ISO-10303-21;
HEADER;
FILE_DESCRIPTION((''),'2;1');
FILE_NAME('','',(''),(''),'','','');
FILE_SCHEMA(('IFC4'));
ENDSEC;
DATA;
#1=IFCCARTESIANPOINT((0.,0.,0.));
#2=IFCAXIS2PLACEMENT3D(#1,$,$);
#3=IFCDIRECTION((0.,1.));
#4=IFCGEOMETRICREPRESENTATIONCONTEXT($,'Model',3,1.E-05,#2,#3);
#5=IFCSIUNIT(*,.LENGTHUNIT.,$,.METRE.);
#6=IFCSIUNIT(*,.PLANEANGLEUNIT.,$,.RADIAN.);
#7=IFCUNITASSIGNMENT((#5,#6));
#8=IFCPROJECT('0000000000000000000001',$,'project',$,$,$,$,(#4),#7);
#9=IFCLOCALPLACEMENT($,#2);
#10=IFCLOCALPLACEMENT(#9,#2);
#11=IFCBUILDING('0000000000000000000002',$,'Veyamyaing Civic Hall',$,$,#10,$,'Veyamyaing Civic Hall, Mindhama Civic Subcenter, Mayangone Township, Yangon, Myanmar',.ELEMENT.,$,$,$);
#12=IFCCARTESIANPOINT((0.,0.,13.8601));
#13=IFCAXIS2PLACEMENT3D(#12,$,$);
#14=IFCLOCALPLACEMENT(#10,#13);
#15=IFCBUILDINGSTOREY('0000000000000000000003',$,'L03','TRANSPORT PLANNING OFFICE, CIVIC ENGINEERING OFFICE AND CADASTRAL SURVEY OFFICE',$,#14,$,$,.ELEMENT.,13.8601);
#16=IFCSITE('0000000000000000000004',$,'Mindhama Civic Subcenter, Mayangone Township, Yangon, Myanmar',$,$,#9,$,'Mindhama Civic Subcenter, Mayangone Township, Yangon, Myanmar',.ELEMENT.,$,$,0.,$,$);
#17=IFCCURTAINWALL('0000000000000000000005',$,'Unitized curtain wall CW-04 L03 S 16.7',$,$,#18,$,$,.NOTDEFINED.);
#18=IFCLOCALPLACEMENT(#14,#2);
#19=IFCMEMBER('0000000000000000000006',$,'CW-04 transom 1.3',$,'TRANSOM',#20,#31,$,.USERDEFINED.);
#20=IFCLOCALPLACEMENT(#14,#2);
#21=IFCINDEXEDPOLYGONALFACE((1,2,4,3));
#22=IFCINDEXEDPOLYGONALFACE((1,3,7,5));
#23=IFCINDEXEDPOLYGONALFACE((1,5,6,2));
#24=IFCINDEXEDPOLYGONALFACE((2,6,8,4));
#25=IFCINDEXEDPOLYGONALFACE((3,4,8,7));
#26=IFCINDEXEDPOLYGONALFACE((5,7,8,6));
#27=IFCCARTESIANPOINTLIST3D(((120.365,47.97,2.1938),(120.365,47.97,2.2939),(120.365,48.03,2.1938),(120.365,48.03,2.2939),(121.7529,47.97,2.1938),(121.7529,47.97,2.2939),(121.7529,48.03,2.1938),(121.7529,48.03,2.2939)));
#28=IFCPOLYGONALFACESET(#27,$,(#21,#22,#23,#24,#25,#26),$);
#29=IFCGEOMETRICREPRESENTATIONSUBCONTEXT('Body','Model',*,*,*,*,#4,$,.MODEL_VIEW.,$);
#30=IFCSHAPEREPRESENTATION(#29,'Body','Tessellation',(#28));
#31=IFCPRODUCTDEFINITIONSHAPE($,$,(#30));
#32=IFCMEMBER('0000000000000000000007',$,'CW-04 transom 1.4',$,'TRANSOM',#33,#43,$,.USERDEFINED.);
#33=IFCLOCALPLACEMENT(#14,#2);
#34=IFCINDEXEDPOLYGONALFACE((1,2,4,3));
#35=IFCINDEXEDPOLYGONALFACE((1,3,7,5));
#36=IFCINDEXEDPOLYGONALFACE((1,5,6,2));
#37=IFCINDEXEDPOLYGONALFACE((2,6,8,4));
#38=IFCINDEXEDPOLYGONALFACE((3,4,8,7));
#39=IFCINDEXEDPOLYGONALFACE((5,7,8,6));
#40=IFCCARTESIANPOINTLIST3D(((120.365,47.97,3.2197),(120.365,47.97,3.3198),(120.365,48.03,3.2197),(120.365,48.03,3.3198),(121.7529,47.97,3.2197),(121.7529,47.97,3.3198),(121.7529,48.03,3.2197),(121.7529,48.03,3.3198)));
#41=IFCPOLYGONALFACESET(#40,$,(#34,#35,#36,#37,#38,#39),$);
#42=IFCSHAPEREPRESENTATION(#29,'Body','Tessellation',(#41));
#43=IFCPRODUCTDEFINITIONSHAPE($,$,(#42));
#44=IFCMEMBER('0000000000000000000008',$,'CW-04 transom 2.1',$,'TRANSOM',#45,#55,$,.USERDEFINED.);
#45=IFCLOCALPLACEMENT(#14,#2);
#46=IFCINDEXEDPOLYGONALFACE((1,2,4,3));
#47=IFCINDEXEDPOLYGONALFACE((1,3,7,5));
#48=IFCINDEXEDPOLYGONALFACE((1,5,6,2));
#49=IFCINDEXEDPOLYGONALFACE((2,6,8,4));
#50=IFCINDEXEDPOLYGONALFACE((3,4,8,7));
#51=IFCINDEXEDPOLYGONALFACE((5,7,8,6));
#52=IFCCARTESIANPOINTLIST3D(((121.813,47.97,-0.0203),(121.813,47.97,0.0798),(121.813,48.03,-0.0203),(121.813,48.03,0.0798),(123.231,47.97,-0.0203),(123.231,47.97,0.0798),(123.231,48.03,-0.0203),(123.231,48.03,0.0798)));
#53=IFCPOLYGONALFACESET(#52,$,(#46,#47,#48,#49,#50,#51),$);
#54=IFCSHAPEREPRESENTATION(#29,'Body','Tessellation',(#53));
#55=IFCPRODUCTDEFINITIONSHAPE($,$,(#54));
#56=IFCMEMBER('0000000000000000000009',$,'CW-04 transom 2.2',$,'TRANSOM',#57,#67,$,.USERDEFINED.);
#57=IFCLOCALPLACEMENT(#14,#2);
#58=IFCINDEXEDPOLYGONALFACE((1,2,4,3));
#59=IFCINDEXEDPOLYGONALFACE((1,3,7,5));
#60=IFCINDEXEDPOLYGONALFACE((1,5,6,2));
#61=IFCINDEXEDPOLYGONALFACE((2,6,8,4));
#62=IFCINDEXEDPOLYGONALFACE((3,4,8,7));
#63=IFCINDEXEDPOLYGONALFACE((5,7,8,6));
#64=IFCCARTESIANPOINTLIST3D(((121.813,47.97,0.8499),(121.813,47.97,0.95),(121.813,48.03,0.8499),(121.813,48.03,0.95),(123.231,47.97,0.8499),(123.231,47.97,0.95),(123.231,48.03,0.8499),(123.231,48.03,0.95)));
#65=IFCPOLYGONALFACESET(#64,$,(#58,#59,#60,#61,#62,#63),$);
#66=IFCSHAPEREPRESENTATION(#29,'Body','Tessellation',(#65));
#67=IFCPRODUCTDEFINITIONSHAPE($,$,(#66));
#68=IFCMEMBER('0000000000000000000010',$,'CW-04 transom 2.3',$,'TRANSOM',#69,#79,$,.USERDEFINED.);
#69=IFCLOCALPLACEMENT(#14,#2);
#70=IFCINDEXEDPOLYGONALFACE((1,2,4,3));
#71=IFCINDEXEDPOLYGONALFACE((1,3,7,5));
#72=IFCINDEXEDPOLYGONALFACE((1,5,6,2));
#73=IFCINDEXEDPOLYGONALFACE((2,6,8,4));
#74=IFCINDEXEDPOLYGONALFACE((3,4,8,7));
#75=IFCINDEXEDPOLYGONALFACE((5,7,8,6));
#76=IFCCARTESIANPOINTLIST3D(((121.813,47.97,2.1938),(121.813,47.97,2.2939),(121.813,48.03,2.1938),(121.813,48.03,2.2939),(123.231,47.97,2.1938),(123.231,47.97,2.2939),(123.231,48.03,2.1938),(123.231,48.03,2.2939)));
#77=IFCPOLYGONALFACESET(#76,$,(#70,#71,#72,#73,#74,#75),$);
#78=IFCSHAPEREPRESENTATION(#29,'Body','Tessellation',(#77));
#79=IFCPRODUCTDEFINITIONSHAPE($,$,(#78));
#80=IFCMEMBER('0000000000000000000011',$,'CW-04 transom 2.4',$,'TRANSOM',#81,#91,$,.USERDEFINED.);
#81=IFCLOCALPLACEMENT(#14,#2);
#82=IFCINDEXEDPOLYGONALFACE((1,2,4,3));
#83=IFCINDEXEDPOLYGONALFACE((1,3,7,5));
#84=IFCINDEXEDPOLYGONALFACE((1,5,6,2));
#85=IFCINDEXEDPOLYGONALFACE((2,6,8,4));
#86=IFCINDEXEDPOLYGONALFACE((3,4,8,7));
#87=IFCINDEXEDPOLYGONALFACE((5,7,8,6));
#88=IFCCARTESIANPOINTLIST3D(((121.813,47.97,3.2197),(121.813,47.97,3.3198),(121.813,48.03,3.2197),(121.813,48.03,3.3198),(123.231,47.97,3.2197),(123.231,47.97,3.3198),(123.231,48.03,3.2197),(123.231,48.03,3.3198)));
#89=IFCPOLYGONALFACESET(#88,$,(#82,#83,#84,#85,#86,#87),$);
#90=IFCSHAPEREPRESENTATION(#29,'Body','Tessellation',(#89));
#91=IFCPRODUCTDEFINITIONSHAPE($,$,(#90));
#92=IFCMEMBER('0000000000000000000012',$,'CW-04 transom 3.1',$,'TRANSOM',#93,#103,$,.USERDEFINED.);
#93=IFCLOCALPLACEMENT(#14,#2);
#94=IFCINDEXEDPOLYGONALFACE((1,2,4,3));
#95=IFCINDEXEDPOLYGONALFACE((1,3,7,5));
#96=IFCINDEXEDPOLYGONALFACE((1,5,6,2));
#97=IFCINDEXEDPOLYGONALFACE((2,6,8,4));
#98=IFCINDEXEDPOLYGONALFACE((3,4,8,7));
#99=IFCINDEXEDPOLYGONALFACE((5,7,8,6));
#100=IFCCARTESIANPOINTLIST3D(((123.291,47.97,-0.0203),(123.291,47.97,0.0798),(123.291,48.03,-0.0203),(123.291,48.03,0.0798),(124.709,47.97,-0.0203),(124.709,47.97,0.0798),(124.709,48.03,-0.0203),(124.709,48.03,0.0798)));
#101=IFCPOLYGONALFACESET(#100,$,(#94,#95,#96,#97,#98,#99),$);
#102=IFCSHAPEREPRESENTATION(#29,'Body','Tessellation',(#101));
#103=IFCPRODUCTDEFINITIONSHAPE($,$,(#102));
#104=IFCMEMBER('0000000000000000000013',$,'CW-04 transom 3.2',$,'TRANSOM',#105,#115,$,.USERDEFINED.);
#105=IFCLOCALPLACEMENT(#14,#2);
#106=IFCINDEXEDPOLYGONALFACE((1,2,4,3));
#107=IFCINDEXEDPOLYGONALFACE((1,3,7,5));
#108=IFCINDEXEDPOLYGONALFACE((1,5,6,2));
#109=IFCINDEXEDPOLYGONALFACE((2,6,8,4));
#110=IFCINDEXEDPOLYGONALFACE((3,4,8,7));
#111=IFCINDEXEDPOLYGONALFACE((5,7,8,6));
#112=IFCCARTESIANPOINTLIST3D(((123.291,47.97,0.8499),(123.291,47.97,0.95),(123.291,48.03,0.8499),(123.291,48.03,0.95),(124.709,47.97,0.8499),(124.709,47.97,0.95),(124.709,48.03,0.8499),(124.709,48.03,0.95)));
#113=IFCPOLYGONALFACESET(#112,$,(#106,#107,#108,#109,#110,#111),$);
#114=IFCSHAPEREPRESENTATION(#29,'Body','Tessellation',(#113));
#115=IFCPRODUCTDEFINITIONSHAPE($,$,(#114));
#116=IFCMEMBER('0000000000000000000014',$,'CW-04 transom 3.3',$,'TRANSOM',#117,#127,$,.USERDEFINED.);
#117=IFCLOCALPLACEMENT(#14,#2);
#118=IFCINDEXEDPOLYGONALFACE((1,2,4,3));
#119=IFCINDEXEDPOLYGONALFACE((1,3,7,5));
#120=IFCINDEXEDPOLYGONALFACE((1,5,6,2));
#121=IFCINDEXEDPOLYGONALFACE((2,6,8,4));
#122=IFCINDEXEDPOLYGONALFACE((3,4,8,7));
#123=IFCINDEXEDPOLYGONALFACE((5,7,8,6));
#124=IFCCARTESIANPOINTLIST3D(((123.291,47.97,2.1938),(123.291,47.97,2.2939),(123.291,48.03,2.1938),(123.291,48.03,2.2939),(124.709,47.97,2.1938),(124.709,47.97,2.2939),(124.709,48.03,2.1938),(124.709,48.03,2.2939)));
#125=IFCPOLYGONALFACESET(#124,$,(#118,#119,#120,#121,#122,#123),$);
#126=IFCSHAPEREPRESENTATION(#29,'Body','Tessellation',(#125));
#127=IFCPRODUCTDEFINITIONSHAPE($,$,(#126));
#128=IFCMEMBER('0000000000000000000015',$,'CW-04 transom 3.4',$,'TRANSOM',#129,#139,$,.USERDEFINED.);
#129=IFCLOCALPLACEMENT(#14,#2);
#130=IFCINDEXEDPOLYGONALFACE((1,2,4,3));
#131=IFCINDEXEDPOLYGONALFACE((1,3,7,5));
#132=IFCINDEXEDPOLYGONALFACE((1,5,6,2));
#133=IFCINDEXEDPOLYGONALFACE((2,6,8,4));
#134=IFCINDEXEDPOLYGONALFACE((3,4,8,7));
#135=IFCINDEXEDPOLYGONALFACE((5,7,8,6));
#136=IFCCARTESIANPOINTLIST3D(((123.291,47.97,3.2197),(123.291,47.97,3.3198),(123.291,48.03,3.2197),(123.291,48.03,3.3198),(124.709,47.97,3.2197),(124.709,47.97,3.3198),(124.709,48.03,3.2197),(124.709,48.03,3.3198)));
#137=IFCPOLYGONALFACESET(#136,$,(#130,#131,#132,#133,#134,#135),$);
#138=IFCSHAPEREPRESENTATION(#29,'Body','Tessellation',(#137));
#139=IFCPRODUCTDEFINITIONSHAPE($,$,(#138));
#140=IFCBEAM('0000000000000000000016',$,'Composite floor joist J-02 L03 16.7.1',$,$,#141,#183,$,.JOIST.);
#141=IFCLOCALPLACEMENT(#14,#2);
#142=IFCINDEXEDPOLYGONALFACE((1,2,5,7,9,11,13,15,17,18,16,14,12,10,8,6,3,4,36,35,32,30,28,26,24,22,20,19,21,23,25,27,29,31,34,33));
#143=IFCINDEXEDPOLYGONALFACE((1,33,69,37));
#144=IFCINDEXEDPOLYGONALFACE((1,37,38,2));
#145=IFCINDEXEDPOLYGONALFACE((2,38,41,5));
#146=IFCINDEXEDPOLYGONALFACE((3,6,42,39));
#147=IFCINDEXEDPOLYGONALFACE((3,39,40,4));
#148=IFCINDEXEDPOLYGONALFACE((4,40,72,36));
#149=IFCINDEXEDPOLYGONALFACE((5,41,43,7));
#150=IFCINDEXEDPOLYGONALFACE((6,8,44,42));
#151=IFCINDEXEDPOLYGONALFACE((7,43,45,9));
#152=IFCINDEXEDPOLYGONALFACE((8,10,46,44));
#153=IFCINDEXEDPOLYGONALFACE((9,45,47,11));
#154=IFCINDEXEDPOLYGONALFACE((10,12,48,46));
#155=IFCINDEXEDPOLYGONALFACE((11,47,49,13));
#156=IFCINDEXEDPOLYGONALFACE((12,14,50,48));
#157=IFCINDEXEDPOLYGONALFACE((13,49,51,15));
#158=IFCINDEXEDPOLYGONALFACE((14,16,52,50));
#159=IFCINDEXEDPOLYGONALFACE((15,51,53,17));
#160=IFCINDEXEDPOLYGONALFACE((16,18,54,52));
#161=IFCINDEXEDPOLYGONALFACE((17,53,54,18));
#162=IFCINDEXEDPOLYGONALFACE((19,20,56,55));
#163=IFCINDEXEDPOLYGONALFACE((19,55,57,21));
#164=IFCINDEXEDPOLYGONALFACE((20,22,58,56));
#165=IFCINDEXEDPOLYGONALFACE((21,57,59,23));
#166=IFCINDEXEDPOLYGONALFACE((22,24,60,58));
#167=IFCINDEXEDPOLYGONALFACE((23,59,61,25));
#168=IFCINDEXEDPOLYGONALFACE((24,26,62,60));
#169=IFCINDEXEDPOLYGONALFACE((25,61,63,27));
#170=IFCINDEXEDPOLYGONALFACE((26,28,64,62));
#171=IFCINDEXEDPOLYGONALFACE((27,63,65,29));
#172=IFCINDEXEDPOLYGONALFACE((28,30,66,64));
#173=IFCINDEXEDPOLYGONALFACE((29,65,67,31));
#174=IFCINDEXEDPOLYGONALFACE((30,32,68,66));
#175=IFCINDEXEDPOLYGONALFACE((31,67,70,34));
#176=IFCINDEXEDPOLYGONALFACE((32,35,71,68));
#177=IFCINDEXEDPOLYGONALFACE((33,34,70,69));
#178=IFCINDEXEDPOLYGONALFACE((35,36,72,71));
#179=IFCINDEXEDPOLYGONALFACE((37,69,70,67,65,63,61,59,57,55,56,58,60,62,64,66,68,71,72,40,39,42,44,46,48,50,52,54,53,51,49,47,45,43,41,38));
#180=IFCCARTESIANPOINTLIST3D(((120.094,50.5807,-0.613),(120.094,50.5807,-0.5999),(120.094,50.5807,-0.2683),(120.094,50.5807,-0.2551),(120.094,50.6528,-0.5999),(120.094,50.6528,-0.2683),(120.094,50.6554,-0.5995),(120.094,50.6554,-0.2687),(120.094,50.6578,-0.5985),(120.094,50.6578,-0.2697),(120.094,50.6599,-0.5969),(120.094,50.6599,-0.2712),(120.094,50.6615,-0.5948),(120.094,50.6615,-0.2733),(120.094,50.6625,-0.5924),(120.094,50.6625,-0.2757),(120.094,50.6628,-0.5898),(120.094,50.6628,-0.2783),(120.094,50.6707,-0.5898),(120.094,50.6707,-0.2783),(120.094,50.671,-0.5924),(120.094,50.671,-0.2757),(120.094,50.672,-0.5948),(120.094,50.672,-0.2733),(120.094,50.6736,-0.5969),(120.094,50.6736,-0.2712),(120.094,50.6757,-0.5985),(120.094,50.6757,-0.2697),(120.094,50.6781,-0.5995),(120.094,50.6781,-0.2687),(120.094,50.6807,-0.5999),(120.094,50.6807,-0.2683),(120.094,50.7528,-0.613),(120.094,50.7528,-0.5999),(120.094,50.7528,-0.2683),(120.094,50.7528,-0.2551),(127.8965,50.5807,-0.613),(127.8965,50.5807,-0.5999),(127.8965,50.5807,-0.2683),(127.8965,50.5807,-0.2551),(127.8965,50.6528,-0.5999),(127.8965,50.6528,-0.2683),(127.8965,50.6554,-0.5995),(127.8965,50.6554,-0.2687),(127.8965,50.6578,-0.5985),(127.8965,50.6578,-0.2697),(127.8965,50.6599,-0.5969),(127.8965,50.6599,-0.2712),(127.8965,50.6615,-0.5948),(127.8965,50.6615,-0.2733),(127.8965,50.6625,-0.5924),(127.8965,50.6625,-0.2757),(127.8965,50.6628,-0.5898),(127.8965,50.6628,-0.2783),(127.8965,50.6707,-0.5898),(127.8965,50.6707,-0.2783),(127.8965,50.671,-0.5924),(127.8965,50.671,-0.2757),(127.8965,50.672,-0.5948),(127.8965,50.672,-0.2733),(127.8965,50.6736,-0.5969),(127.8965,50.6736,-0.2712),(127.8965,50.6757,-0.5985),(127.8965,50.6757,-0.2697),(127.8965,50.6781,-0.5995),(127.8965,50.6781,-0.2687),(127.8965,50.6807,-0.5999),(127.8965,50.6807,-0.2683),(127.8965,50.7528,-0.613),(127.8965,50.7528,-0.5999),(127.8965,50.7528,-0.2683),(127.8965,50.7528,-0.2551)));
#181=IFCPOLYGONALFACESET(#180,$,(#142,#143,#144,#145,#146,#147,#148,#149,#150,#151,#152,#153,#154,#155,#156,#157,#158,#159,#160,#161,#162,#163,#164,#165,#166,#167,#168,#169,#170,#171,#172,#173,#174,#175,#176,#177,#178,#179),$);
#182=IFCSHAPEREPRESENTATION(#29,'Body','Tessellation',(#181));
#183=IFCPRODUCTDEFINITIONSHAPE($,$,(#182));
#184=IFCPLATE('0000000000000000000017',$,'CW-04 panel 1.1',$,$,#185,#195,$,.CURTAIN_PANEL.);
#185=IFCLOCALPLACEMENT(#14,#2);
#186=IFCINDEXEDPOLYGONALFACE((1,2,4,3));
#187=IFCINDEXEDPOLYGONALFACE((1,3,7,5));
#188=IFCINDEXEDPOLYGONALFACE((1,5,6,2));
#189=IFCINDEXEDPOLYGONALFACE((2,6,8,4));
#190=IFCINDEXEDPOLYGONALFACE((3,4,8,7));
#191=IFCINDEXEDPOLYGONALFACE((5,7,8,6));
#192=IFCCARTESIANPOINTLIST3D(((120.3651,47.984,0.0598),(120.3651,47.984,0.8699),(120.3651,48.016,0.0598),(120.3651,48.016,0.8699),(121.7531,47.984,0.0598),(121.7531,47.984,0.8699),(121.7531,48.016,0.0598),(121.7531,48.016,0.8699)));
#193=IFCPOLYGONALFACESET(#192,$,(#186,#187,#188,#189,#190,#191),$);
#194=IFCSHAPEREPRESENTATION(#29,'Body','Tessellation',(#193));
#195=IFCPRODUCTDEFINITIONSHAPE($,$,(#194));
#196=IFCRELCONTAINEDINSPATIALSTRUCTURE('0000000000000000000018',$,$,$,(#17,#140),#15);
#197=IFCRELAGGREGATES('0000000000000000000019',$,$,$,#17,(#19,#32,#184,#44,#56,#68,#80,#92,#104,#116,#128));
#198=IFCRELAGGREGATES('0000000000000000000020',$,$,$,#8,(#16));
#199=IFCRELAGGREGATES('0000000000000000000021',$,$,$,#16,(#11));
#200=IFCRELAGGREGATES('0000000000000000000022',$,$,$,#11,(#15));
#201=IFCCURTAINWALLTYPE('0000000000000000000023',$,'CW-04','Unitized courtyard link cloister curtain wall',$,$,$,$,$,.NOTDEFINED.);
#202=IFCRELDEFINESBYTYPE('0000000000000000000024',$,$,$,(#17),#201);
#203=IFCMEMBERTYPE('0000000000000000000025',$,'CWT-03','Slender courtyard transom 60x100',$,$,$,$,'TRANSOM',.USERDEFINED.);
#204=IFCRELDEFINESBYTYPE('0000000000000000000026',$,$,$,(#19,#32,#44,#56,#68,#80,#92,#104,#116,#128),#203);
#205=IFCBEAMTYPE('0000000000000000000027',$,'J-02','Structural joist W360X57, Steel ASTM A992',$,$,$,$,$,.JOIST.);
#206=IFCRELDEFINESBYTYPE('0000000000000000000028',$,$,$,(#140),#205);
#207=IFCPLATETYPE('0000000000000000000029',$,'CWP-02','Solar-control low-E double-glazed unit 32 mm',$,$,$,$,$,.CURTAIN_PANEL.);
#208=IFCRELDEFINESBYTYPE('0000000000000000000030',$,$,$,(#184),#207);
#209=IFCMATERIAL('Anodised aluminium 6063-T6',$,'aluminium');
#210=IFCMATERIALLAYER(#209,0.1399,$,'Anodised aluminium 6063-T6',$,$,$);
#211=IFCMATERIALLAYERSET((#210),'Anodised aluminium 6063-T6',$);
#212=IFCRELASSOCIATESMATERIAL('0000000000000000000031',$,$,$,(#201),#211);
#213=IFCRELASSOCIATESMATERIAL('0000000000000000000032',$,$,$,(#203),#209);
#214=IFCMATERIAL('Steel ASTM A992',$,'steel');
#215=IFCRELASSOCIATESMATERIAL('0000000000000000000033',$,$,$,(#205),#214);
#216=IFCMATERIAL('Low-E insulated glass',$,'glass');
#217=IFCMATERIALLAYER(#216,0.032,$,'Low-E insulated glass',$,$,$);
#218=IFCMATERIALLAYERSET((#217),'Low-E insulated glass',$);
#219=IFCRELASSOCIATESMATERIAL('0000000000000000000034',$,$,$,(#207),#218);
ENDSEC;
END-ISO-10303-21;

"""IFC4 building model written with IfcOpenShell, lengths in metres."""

from ifc_helpers import new_model, si_unit, direction, frame, origin, origin_2d, place, context, subcontext, project, spatial, rectangle, i_section, extrude, material, layer, layer_set, material_profile, profile_set, type_object, element, aggregate, save


model = new_model("IFC4")

# Units and contexts
model_context = context("Model", 3, precision=1e-05, world=origin(), true_north=direction((0.0, 1.0)))
body_context = subcontext(model_context, "Body", "Model", "MODEL_VIEW")
ifc_project = project(units=[si_unit("LENGTHUNIT", "METRE"), si_unit("PLANEANGLEUNIT", "RADIAN")], contexts=[model_context])

# Site, building, storey
site_placement = place(None, origin())
site = spatial("IfcSite", under=ifc_project, at=site_placement, Name="Mindhama Civic Subcenter, Mayangone Township, Yangon, Myanmar", LongName="Mindhama Civic Subcenter, Mayangone Township, Yangon, Myanmar", CompositionType="ELEMENT", RefElevation=0.0)
building_placement = place(site_placement, origin())
building = spatial("IfcBuilding", under=site, at=building_placement, Name="Veyamyaing Civic Hall", LongName="Veyamyaing Civic Hall, Mindhama Civic Subcenter, Mayangone Township, Yangon, Myanmar", CompositionType="ELEMENT")
storey_placement = place(building_placement, frame((0.0, 0.0, 13.8601)))
storey = spatial("IfcBuildingStorey", under=building, at=storey_placement, Name="L03", Description="TRANSPORT PLANNING OFFICE, CIVIC ENGINEERING OFFICE AND CADASTRAL SURVEY OFFICE", CompositionType="ELEMENT", Elevation=13.8601)

# Shared definitions
ifc_material_1 = material(Name="Steel ASTM A992", Category="steel")

# Curtain wall, members
ifc_material_2 = material(Name="Anodised aluminium 6063-T6", Category="aluminium")
ifc_layer_1 = layer(ifc_material_2, 0.1399, Name="Anodised aluminium 6063-T6")
ifc_layer_set_1 = layer_set([ifc_layer_1], Name="Anodised aluminium 6063-T6")
curtain_wall_type = type_object("IfcCurtainWallType", Name="CW-04", Description="Unitized courtyard link cloister curtain wall", PredefinedType="NOTDEFINED", material=ifc_layer_set_1)
curtain_wall_placement = place(storey_placement, origin())
curtain_wall = element("IfcCurtainWall", 1, at=curtain_wall_placement, inside=storey, type_object=curtain_wall_type, Name="Unitized curtain wall CW-04 L03 S 16.7", PredefinedType="NOTDEFINED")
ifc_material_profile_1 = material_profile(ifc_material_2, rectangle(XDim=0.0601, YDim=0.1001, at=origin_2d()), Name="ALU-TRN-60X100")
ifc_profile_set_1 = profile_set([ifc_material_profile_1], Name="Anodised aluminium 6063-T6")
member_type_1 = type_object("IfcMemberType", Name="CWT-03", Description="Slender courtyard transom 60x100", ElementType="TRANSOM", PredefinedType="USERDEFINED", material=ifc_profile_set_1)
member_1_placement = place(storey_placement, frame((120.365, 48.0, 2.2439), z_axis=(1.0, 0.0, 0.0), x_axis=(0.0, 1.0, 0.0)))
member_1 = element("IfcMember", 2, at=member_1_placement, type_object=member_type_1, Name="CW-04 transom 1.3", ObjectType="TRANSOM", PredefinedType="USERDEFINED", context=body_context, shape_type="SweptSolid", body=[
    extrude(rectangle(XDim=0.0601, YDim=0.1001, at=origin_2d()), origin(), (0.0, 0.0, 1.0), 1.3879),
])
member_2_placement = place(storey_placement, frame((120.365, 48.0, 3.2698), z_axis=(1.0, 0.0, 0.0), x_axis=(0.0, 1.0, 0.0)))
member_2 = element("IfcMember", 3, at=member_2_placement, type_object=member_type_1, Name="CW-04 transom 1.4", ObjectType="TRANSOM", PredefinedType="USERDEFINED", context=body_context, shape_type="SweptSolid", body=[
    extrude(rectangle(XDim=0.0601, YDim=0.1001, at=origin_2d()), origin(), (0.0, 0.0, 1.0), 1.3879),
])
member_3_placement = place(storey_placement, frame((121.813, 48.0, 0.0298), z_axis=(1.0, 0.0, 0.0), x_axis=(0.0, 1.0, 0.0)))
member_3 = element("IfcMember", 4, at=member_3_placement, type_object=member_type_1, Name="CW-04 transom 2.1", ObjectType="TRANSOM", PredefinedType="USERDEFINED", context=body_context, shape_type="SweptSolid", body=[
    extrude(rectangle(XDim=0.0601, YDim=0.1001, at=origin_2d()), origin(), (0.0, 0.0, 1.0), 1.418),
])
member_4_placement = place(storey_placement, frame((121.813, 48.0, 0.8999), z_axis=(1.0, 0.0, 0.0), x_axis=(0.0, 1.0, 0.0)))
member_4 = element("IfcMember", 5, at=member_4_placement, type_object=member_type_1, Name="CW-04 transom 2.2", ObjectType="TRANSOM", PredefinedType="USERDEFINED", context=body_context, shape_type="SweptSolid", body=[
    extrude(rectangle(XDim=0.0601, YDim=0.1001, at=origin_2d()), origin(), (0.0, 0.0, 1.0), 1.418),
])
member_5_placement = place(storey_placement, frame((121.813, 48.0, 2.2439), z_axis=(1.0, 0.0, 0.0), x_axis=(0.0, 1.0, 0.0)))
member_5 = element("IfcMember", 6, at=member_5_placement, type_object=member_type_1, Name="CW-04 transom 2.3", ObjectType="TRANSOM", PredefinedType="USERDEFINED", context=body_context, shape_type="SweptSolid", body=[
    extrude(rectangle(XDim=0.0601, YDim=0.1001, at=origin_2d()), origin(), (0.0, 0.0, 1.0), 1.418),
])
member_6_placement = place(storey_placement, frame((121.813, 48.0, 3.2698), z_axis=(1.0, 0.0, 0.0), x_axis=(0.0, 1.0, 0.0)))
member_6 = element("IfcMember", 7, at=member_6_placement, type_object=member_type_1, Name="CW-04 transom 2.4", ObjectType="TRANSOM", PredefinedType="USERDEFINED", context=body_context, shape_type="SweptSolid", body=[
    extrude(rectangle(XDim=0.0601, YDim=0.1001, at=origin_2d()), origin(), (0.0, 0.0, 1.0), 1.418),
])
member_7_placement = place(storey_placement, frame((123.291, 48.0, 0.0298), z_axis=(1.0, 0.0, 0.0), x_axis=(0.0, 1.0, 0.0)))
member_7 = element("IfcMember", 8, at=member_7_placement, type_object=member_type_1, Name="CW-04 transom 3.1", ObjectType="TRANSOM", PredefinedType="USERDEFINED", context=body_context, shape_type="SweptSolid", body=[
    extrude(rectangle(XDim=0.0601, YDim=0.1001, at=origin_2d()), origin(), (0.0, 0.0, 1.0), 1.418),
])
member_8_placement = place(storey_placement, frame((123.291, 48.0, 0.8999), z_axis=(1.0, 0.0, 0.0), x_axis=(0.0, 1.0, 0.0)))
member_8 = element("IfcMember", 9, at=member_8_placement, type_object=member_type_1, Name="CW-04 transom 3.2", ObjectType="TRANSOM", PredefinedType="USERDEFINED", context=body_context, shape_type="SweptSolid", body=[
    extrude(rectangle(XDim=0.0601, YDim=0.1001, at=origin_2d()), origin(), (0.0, 0.0, 1.0), 1.418),
])
member_9_placement = place(storey_placement, frame((123.291, 48.0, 2.2439), z_axis=(1.0, 0.0, 0.0), x_axis=(0.0, 1.0, 0.0)))
member_9 = element("IfcMember", 10, at=member_9_placement, type_object=member_type_1, Name="CW-04 transom 3.3", ObjectType="TRANSOM", PredefinedType="USERDEFINED", context=body_context, shape_type="SweptSolid", body=[
    extrude(rectangle(XDim=0.0601, YDim=0.1001, at=origin_2d()), origin(), (0.0, 0.0, 1.0), 1.418),
])
member_10_placement = place(storey_placement, frame((123.291, 48.0, 3.2698), z_axis=(1.0, 0.0, 0.0), x_axis=(0.0, 1.0, 0.0)))
member_10 = element("IfcMember", 11, at=member_10_placement, type_object=member_type_1, Name="CW-04 transom 3.4", ObjectType="TRANSOM", PredefinedType="USERDEFINED", context=body_context, shape_type="SweptSolid", body=[
    extrude(rectangle(XDim=0.0601, YDim=0.1001, at=origin_2d()), origin(), (0.0, 0.0, 1.0), 1.418),
])

# Beam
ifc_material_profile_2 = material_profile(ifc_material_1, i_section(OverallWidth=0.1721, OverallDepth=0.3579, WebThickness=0.0078, FlangeThickness=0.0132, FilletRadius=0.01, at=origin_2d()), Name="W360X57")
ifc_profile_set_2 = profile_set([ifc_material_profile_2], Name="Steel ASTM A992")
beam_type_1 = type_object("IfcBeamType", Name="J-02", Description="Structural joist W360X57, Steel ASTM A992", PredefinedType="JOIST", material=ifc_profile_set_2)
beam_1_placement = place(storey_placement, frame((120.094, 50.6667, -0.4341), z_axis=(1.0, 0.0, 0.0), x_axis=(0.0, 1.0, 0.0)))
element("IfcBeam", 12, at=beam_1_placement, inside=storey, type_object=beam_type_1, Name="Composite floor joist J-02 L03 16.7.1", PredefinedType="JOIST", context=body_context, shape_type="SweptSolid", body=[
    extrude(i_section(OverallWidth=0.1721, OverallDepth=0.3579, WebThickness=0.0078, FlangeThickness=0.0132, FilletRadius=0.01, at=origin_2d()), origin(), (0.0, 0.0, 1.0), 7.8025),
])

# Plate
ifc_material_3 = material(Name="Low-E insulated glass", Category="glass")
ifc_layer_2 = layer(ifc_material_3, 0.032, Name="Low-E insulated glass")
ifc_layer_set_2 = layer_set([ifc_layer_2], Name="Low-E insulated glass")
plate_type = type_object("IfcPlateType", Name="CWP-02", Description="Solar-control low-E double-glazed unit 32 mm", PredefinedType="CURTAIN_PANEL", material=ifc_layer_set_2)
plate_1_placement = place(storey_placement, frame((121.0591, 48.0, 0.0598), z_axis=(0.0, 0.0, 1.0), x_axis=(1.0, 0.0, 0.0)))
plate_1 = element("IfcPlate", 13, at=plate_1_placement, type_object=plate_type, Name="CW-04 panel 1.1", PredefinedType="CURTAIN_PANEL", context=body_context, shape_type="SweptSolid", body=[
    extrude(rectangle(XDim=1.3879, YDim=0.032, at=origin_2d()), origin(), (0.0, 0.0, 1.0), 0.8101),
])
aggregate(curtain_wall, [member_1, member_2, plate_1, member_3, member_4, member_5, member_6, member_7, member_8, member_9, member_10])

save(model, "model.ifc")
